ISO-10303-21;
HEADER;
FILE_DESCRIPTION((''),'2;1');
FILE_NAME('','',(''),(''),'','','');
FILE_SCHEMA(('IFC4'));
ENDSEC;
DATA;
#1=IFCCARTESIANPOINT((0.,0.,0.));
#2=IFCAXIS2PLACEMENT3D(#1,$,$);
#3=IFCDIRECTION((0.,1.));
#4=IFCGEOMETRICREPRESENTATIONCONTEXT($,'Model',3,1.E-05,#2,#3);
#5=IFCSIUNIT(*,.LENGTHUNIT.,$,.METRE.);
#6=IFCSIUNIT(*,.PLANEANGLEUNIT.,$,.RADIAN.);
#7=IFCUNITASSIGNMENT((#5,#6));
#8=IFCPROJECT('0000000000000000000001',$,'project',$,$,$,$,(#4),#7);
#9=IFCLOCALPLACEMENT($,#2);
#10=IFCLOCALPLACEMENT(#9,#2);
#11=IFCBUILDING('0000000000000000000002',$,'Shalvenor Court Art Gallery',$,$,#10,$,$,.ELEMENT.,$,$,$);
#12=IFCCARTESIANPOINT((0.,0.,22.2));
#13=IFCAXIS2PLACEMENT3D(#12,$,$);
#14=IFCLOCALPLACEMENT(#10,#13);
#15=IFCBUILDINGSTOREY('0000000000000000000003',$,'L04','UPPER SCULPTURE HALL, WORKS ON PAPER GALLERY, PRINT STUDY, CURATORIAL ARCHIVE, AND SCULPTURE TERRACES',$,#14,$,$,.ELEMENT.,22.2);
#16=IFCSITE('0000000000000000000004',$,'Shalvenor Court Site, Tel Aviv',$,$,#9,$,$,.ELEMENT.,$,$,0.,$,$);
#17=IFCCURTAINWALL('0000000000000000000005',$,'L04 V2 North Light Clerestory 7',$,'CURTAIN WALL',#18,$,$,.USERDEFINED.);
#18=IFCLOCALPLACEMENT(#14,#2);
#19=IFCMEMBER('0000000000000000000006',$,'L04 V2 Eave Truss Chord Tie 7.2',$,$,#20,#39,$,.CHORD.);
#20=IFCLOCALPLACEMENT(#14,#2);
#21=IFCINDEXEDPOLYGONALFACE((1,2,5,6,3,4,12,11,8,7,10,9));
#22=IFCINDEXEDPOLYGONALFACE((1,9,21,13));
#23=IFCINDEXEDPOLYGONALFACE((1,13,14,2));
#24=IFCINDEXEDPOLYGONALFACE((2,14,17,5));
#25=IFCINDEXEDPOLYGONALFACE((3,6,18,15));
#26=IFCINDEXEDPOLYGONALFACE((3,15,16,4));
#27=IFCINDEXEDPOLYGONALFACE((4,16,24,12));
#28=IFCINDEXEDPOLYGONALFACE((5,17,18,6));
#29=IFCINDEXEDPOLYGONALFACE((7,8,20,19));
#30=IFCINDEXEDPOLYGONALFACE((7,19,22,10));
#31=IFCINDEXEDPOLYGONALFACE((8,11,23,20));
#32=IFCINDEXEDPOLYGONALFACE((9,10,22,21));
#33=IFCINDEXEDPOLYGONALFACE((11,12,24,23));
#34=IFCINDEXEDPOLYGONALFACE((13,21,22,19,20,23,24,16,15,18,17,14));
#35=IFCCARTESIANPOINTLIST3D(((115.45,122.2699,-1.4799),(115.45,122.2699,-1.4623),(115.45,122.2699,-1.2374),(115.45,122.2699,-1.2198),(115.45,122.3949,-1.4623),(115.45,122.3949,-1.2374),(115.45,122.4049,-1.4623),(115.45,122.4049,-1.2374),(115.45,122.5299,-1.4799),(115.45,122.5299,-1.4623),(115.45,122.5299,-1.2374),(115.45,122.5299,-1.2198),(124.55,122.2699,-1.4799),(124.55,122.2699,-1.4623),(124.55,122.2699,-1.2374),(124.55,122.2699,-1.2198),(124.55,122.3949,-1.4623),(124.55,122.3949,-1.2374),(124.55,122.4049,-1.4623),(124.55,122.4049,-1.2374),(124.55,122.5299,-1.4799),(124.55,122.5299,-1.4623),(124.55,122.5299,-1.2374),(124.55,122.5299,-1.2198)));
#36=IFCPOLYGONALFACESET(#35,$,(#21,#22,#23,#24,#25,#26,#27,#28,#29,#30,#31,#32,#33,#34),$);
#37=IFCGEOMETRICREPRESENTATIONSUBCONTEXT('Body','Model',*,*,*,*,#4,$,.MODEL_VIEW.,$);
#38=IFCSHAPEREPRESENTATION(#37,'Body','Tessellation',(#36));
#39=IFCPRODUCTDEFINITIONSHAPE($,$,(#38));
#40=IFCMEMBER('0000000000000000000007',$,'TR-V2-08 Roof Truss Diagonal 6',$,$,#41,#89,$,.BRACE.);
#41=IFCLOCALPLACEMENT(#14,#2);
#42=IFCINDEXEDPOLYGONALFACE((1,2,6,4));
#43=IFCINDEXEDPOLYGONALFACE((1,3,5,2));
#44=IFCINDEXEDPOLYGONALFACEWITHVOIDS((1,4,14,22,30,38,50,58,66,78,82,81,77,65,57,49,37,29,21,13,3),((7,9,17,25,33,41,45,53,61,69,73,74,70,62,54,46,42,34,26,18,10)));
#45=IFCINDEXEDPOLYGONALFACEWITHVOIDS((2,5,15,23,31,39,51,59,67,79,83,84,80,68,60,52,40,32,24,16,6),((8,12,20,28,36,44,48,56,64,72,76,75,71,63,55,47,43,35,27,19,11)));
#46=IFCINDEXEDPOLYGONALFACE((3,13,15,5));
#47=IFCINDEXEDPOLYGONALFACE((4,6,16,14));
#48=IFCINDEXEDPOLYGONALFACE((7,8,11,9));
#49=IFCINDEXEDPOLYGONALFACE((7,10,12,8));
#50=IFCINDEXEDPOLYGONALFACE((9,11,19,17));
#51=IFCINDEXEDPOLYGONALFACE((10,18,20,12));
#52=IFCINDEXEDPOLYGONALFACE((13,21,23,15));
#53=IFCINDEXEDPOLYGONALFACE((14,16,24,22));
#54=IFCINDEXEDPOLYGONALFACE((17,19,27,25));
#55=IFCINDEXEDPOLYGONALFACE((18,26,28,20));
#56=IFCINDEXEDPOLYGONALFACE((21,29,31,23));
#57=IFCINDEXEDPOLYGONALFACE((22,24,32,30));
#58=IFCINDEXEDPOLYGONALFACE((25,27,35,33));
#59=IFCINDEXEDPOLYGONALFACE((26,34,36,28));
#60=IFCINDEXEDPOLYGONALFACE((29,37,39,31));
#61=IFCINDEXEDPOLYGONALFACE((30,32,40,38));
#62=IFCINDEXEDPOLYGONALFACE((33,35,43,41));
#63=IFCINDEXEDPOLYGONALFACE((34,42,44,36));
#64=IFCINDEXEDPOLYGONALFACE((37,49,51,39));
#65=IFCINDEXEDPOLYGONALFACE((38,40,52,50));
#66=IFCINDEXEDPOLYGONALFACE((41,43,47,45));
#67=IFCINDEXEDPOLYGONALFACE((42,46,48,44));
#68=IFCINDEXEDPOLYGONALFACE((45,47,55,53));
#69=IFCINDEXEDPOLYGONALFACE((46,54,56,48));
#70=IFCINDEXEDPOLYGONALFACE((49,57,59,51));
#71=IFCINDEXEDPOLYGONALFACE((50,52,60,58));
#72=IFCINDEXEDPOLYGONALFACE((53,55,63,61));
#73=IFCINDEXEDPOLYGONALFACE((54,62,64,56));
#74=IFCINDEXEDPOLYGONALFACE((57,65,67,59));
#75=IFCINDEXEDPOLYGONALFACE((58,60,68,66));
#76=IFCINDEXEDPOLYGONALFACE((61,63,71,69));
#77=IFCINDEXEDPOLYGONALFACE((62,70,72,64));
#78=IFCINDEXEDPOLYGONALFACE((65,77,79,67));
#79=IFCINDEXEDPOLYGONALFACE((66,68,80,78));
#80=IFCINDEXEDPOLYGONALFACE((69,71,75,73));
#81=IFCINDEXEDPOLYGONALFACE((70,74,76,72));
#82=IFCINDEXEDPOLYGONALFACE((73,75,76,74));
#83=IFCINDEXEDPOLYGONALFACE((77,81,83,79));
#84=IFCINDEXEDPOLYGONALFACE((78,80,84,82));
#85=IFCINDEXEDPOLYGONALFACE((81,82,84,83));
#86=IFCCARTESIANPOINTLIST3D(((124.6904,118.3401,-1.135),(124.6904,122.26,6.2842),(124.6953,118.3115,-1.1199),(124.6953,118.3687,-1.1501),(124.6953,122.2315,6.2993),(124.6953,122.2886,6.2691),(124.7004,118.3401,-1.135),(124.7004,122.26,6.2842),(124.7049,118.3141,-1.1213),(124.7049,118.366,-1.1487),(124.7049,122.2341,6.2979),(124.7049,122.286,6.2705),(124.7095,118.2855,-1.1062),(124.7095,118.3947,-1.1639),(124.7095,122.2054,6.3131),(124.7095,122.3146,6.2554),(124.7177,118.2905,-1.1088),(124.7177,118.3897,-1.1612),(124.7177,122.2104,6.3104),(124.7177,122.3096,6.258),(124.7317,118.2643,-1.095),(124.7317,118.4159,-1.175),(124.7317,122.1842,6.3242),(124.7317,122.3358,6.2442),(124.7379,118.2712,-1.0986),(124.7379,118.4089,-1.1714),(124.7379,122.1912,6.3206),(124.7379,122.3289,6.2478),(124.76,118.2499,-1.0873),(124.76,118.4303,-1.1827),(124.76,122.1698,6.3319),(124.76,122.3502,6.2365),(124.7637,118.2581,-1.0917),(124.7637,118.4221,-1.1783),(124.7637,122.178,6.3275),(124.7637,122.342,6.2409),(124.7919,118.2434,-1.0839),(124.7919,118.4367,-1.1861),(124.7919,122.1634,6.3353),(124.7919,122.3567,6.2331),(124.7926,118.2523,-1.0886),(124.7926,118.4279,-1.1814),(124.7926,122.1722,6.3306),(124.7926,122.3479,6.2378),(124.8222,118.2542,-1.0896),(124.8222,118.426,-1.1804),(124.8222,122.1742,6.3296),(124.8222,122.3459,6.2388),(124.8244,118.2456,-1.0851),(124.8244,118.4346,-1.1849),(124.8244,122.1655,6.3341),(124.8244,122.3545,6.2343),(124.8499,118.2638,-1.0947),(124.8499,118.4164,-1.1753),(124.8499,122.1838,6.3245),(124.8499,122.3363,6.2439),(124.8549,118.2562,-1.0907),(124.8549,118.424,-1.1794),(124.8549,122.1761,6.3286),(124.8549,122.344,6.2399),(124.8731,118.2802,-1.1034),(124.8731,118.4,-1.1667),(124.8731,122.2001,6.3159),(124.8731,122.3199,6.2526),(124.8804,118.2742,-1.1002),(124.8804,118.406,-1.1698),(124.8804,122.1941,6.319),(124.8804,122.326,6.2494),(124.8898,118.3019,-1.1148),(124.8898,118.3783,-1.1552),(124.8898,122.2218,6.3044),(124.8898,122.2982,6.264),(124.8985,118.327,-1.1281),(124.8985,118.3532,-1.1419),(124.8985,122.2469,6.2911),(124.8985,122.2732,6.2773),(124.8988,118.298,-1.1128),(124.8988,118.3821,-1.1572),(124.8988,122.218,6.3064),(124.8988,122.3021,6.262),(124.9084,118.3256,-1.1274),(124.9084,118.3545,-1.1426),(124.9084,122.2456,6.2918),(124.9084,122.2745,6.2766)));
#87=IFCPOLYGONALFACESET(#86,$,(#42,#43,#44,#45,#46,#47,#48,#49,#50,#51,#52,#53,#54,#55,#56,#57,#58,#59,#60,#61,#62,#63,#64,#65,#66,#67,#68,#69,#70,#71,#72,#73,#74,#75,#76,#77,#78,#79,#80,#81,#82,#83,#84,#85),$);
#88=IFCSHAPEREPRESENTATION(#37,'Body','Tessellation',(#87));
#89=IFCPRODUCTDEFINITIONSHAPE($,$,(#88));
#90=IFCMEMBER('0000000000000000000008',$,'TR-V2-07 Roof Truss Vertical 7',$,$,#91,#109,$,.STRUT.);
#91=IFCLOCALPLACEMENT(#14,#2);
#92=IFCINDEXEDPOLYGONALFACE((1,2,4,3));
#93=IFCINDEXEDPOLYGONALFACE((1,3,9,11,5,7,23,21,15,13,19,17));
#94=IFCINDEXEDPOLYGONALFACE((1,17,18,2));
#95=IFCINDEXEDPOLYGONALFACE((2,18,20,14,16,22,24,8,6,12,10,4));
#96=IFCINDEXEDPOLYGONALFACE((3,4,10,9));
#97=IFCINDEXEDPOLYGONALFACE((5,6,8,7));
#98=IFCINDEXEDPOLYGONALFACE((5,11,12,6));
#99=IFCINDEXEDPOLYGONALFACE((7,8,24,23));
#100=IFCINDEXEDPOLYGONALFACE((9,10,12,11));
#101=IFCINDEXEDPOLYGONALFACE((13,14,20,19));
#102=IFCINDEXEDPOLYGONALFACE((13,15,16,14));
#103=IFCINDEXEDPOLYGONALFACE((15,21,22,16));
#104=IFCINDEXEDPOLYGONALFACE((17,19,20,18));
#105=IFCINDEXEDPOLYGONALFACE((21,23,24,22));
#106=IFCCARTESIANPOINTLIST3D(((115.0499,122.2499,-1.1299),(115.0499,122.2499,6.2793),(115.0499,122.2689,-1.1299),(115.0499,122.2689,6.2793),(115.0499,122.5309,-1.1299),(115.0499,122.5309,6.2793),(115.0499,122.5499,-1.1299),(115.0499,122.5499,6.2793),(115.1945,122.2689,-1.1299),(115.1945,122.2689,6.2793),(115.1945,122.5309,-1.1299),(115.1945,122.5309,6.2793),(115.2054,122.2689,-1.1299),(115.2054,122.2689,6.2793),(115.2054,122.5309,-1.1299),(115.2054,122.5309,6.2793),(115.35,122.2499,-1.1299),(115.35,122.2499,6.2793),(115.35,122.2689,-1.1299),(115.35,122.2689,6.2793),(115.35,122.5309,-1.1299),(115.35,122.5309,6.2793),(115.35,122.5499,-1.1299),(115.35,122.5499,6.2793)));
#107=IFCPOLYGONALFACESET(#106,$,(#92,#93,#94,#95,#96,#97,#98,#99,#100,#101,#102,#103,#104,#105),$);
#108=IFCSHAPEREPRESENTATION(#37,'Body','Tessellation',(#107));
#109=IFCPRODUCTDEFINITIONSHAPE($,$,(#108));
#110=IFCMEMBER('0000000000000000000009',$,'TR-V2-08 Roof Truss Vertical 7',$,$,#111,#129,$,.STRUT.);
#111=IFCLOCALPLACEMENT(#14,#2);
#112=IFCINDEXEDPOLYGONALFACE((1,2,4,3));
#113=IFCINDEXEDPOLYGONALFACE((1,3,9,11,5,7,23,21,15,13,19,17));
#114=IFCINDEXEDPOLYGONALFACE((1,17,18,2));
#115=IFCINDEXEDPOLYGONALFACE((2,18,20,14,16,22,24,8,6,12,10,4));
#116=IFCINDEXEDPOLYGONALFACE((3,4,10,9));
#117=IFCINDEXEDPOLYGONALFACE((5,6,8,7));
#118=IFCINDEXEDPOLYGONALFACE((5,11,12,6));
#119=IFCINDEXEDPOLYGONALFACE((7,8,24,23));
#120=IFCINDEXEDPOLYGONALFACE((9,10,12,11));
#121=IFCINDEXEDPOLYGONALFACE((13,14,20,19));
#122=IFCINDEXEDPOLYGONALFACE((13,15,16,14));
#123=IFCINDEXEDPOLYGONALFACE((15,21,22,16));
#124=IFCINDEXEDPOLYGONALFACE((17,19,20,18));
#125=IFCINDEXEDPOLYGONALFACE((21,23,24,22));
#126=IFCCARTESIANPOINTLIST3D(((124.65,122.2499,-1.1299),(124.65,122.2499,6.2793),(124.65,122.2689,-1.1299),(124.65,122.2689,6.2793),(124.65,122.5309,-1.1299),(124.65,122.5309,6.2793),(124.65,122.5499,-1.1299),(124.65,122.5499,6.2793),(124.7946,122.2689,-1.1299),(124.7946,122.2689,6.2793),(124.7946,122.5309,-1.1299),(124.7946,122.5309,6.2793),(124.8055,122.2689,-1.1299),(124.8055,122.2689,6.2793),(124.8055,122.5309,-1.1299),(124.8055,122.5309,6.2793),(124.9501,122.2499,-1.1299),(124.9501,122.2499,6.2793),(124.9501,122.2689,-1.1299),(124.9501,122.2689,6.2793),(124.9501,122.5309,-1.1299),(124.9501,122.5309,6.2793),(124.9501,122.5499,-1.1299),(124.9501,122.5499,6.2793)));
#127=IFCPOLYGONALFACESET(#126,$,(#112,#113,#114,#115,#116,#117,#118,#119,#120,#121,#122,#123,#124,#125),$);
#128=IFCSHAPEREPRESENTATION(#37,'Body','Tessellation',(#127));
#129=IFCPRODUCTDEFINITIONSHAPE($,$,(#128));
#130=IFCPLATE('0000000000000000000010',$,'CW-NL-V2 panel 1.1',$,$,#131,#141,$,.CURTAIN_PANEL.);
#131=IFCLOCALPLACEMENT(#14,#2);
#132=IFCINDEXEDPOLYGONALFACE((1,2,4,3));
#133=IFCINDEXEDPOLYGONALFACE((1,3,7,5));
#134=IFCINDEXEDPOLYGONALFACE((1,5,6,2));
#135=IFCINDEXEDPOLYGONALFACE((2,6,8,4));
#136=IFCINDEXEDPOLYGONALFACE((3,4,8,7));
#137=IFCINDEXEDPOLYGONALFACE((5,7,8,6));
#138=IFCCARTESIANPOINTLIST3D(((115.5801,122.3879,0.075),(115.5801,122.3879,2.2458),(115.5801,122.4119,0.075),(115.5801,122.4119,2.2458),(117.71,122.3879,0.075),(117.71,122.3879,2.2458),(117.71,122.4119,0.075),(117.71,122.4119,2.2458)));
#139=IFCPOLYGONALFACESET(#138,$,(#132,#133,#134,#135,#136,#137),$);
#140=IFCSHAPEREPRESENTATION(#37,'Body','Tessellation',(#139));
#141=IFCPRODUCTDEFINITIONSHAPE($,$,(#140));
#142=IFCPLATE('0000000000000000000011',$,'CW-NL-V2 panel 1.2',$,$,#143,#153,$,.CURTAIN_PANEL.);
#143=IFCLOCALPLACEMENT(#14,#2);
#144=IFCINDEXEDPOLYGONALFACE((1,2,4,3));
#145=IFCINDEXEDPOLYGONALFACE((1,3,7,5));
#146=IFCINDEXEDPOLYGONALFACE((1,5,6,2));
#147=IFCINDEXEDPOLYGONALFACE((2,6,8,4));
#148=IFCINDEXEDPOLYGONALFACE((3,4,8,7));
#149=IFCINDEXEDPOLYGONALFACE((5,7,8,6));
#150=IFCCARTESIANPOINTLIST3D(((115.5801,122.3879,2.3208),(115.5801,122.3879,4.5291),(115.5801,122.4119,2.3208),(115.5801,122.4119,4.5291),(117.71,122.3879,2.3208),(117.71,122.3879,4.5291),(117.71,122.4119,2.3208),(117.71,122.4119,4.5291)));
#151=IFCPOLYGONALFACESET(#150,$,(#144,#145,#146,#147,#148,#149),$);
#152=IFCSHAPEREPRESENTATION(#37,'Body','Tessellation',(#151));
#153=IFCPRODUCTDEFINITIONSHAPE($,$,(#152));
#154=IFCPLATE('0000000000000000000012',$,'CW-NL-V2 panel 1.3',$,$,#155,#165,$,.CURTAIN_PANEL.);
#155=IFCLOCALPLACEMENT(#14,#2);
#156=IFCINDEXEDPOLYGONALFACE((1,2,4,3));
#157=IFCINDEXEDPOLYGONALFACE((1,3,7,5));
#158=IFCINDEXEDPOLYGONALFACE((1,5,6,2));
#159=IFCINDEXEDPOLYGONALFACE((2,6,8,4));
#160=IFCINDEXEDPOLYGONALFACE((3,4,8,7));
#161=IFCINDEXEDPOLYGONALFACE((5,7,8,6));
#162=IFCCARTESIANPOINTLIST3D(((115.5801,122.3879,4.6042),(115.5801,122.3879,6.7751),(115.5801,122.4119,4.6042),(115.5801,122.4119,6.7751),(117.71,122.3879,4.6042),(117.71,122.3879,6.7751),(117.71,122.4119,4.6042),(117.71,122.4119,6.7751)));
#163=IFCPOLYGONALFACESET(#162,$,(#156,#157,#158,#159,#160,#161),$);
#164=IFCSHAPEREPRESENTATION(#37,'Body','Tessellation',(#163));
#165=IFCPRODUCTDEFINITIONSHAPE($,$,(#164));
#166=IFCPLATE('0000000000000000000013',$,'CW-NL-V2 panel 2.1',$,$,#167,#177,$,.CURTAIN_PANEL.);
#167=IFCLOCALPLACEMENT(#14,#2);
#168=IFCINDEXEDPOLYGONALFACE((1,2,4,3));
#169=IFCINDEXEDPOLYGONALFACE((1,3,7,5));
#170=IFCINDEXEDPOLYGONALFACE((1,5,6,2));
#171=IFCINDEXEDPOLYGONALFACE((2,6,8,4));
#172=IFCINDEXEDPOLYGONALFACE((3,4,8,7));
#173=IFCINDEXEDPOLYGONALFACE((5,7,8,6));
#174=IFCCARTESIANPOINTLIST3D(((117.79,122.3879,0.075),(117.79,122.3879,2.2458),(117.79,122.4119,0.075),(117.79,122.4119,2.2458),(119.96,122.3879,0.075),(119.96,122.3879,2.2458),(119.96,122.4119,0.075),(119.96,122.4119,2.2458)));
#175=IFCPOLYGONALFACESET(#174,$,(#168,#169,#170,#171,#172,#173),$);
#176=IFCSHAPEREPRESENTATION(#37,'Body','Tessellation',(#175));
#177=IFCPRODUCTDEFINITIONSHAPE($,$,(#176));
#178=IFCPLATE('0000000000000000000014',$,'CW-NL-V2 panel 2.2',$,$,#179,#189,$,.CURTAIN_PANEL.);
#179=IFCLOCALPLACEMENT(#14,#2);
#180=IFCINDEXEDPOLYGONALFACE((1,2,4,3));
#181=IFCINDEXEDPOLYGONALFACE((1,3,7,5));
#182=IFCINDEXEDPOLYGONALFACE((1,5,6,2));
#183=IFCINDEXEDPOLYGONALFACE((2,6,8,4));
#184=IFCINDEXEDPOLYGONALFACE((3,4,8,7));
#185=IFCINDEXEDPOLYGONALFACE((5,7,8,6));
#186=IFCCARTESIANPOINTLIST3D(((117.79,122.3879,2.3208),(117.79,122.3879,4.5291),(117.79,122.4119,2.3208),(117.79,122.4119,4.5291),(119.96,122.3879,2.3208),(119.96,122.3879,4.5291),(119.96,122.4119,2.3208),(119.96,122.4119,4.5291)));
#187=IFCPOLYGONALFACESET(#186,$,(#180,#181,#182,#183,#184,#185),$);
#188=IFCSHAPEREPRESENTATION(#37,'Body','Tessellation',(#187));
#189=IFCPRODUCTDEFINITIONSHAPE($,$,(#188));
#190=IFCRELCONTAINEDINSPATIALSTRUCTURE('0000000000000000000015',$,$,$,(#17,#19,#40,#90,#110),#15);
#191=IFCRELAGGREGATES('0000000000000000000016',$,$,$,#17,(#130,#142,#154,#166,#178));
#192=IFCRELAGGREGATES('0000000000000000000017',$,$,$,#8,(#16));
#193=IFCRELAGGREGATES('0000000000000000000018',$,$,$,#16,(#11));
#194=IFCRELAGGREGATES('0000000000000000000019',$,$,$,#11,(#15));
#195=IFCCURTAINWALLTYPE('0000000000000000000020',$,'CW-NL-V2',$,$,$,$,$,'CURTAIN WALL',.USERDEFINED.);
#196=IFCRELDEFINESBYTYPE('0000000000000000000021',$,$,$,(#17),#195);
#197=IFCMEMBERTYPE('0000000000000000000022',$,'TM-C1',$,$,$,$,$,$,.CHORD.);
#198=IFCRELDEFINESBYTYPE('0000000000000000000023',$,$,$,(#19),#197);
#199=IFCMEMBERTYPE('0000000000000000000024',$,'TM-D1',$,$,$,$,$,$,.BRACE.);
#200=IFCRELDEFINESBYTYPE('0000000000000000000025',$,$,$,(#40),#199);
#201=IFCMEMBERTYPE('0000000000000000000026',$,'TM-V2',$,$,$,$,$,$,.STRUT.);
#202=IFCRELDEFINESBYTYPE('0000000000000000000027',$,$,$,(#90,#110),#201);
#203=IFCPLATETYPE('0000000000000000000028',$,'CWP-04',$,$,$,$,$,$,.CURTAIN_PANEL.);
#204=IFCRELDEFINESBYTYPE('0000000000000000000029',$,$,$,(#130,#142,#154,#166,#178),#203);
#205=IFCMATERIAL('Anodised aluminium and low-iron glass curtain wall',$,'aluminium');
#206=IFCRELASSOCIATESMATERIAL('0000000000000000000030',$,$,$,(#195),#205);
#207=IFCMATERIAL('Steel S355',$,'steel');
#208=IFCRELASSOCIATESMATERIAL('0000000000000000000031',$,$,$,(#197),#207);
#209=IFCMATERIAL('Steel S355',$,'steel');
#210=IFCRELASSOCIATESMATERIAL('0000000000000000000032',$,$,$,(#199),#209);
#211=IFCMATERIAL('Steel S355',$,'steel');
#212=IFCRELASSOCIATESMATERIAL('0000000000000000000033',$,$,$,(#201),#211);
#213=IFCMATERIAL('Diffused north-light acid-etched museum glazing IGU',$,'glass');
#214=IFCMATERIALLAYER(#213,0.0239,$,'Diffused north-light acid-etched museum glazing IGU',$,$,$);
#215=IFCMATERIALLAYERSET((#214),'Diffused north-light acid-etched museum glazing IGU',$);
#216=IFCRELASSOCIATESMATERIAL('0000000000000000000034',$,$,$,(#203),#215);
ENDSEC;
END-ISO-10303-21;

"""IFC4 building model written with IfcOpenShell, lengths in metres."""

from ifc_helpers import new_model, si_unit, direction, frame, origin, origin_2d, place, context, subcontext, project, spatial, rectangle, hollow_circle, i_section, extrude, material, layer, layer_set, material_profile, profile_set, type_object, element, aggregate, save


model = new_model("IFC4")

# Units and contexts
model_context = context("Model", 3, precision=1e-05, world=origin(), true_north=direction((0.0, 1.0)))
body_context = subcontext(model_context, "Body", "Model", "MODEL_VIEW")
ifc_project = project(units=[si_unit("LENGTHUNIT", "METRE"), si_unit("PLANEANGLEUNIT", "RADIAN")], contexts=[model_context])

# Site, building, storey
site_placement = place(None, origin())
site = spatial("IfcSite", under=ifc_project, at=site_placement, Name="Shalvenor Court Site, Tel Aviv", CompositionType="ELEMENT", RefElevation=0.0)
building_placement = place(site_placement, origin())
building = spatial("IfcBuilding", under=site, at=building_placement, Name="Shalvenor Court Art Gallery", CompositionType="ELEMENT")
storey_placement = place(building_placement, frame((0.0, 0.0, 22.2)))
storey = spatial("IfcBuildingStorey", under=building, at=storey_placement, Name="L04", Description="UPPER SCULPTURE HALL, WORKS ON PAPER GALLERY, PRINT STUDY, CURATORIAL ARCHIVE, AND SCULPTURE TERRACES", CompositionType="ELEMENT", Elevation=22.2)

# Curtain wall
ifc_material_1 = material(Name="Anodised aluminium and low-iron glass curtain wall", Category="aluminium")
curtain_wall_type = type_object("IfcCurtainWallType", Name="CW-NL-V2", ElementType="CURTAIN WALL", PredefinedType="USERDEFINED", material=ifc_material_1)
curtain_wall_placement = place(storey_placement, origin())
curtain_wall = element("IfcCurtainWall", 1, at=curtain_wall_placement, inside=storey, type_object=curtain_wall_type, Name="L04 V2 North Light Clerestory 7", ObjectType="CURTAIN WALL", PredefinedType="USERDEFINED")

# Members
ifc_material_2 = material(Name="Steel S355", Category="steel")
ifc_material_profile_1 = material_profile(ifc_material_2, i_section(OverallWidth=0.26, OverallDepth=0.26, WebThickness=0.01, FlangeThickness=0.0176, at=origin_2d()), Name="HEB 260")
ifc_profile_set_1 = profile_set([ifc_material_profile_1], Name="Steel S355")
member_type_1 = type_object("IfcMemberType", Name="TM-C1", PredefinedType="CHORD", material=ifc_profile_set_1)
member_1_placement = place(storey_placement, frame((115.45, 122.3999, -1.3499), z_axis=(1.0, 0.0, 0.0), x_axis=(0.0, 1.0, 0.0)))
element("IfcMember", 2, at=member_1_placement, inside=storey, type_object=member_type_1, Name="L04 V2 Eave Truss Chord Tie 7.2", PredefinedType="CHORD", context=body_context, shape_type="SweptSolid", body=[
    extrude(i_section(OverallWidth=0.26, OverallDepth=0.26, WebThickness=0.01, FlangeThickness=0.0176, at=origin_2d()), origin(), (0.0, 0.0, 1.0), 9.1001),
])
ifc_material_3 = material(Name="Steel S355", Category="steel")
ifc_material_profile_2 = material_profile(ifc_material_3, hollow_circle(Radius=0.1096, WallThickness=0.01, at=origin_2d()), Name="CHS 219.1x10.0")
ifc_profile_set_2 = profile_set([ifc_material_profile_2], Name="Steel S355")
member_type_2 = type_object("IfcMemberType", Name="TM-D1", PredefinedType="BRACE", material=ifc_profile_set_2)
member_2_placement = place(storey_placement, frame((124.8, 118.3401, -1.135), z_axis=(0.0, 0.467154, 0.884176), x_axis=(-1.0, 0.0, 0.0)))
element("IfcMember", 3, at=member_2_placement, inside=storey, type_object=member_type_2, Name="TR-V2-08 Roof Truss Diagonal 6", PredefinedType="BRACE", context=body_context, shape_type="SweptSolid", body=[
    extrude(hollow_circle(Radius=0.1096, WallThickness=0.01, at=origin_2d()), origin(), (0.0, 0.0, 1.0), 8.3911),
])
ifc_material_4 = material(Name="Steel S355", Category="steel")
ifc_material_profile_3 = material_profile(ifc_material_4, i_section(OverallWidth=0.3, OverallDepth=0.3, WebThickness=0.011, FlangeThickness=0.019, at=origin_2d()), Name="HEB 300")
ifc_profile_set_3 = profile_set([ifc_material_profile_3], Name="Steel S355")
member_type_3 = type_object("IfcMemberType", Name="TM-V2", PredefinedType="STRUT", material=ifc_profile_set_3)
for number, where, z_axis, x_axis, name in (
    (4, (115.2, 122.3999, -1.1299), (0.0, 0.0, 1.0), (1.0, 0.0, 0.0), "TR-V2-07 Roof Truss Vertical 7"),
    (5, (124.8, 122.3999, -1.1299), (0.0, 0.0, 1.0), (1.0, 0.0, 0.0), "TR-V2-08 Roof Truss Vertical 7"),
):
    element("IfcMember", number, at=place(storey_placement, frame(where, z_axis=z_axis, x_axis=x_axis)), inside=storey, type_object=member_type_3, Name=name, PredefinedType="STRUT", context=body_context, shape_type="SweptSolid", body=[
        extrude(i_section(OverallWidth=0.3, OverallDepth=0.3, WebThickness=0.011, FlangeThickness=0.019, at=origin_2d()), origin(), (0.0, 0.0, 1.0), 7.4092),
    ])

# Plates
ifc_material_5 = material(Name="Diffused north-light acid-etched museum glazing IGU", Category="glass")
ifc_layer_1 = layer(ifc_material_5, 0.0239, Name="Diffused north-light acid-etched museum glazing IGU")
ifc_layer_set_1 = layer_set([ifc_layer_1], Name="Diffused north-light acid-etched museum glazing IGU")
plate_type_1 = type_object("IfcPlateType", Name="CWP-04", PredefinedType="CURTAIN_PANEL", material=ifc_layer_set_1)
plate_1_placement = place(storey_placement, frame((116.645, 122.3999, 0.075), z_axis=(0.0, 0.0, 1.0), x_axis=(1.0, 0.0, 0.0)))
plate_1 = element("IfcPlate", 6, at=plate_1_placement, type_object=plate_type_1, Name="CW-NL-V2 panel 1.1", PredefinedType="CURTAIN_PANEL", context=body_context, shape_type="SweptSolid", body=[
    extrude(rectangle(XDim=2.1299, YDim=0.0239, at=origin_2d()), origin(), (0.0, 0.0, 1.0), 2.1709),
])
plate_2_placement = place(storey_placement, frame((116.645, 122.3999, 2.3208), z_axis=(0.0, 0.0, 1.0), x_axis=(1.0, 0.0, 0.0)))
plate_2 = element("IfcPlate", 7, at=plate_2_placement, type_object=plate_type_1, Name="CW-NL-V2 panel 1.2", PredefinedType="CURTAIN_PANEL", context=body_context, shape_type="SweptSolid", body=[
    extrude(rectangle(XDim=2.1299, YDim=0.0239, at=origin_2d()), origin(), (0.0, 0.0, 1.0), 2.2083),
])
plate_3_placement = place(storey_placement, frame((116.645, 122.3999, 4.6042), z_axis=(0.0, 0.0, 1.0), x_axis=(1.0, 0.0, 0.0)))
plate_3 = element("IfcPlate", 8, at=plate_3_placement, type_object=plate_type_1, Name="CW-NL-V2 panel 1.3", PredefinedType="CURTAIN_PANEL", context=body_context, shape_type="SweptSolid", body=[
    extrude(rectangle(XDim=2.1299, YDim=0.0239, at=origin_2d()), origin(), (0.0, 0.0, 1.0), 2.1709),
])
plate_4_placement = place(storey_placement, frame((118.875, 122.3999, 0.075), z_axis=(0.0, 0.0, 1.0), x_axis=(1.0, 0.0, 0.0)))
plate_4 = element("IfcPlate", 9, at=plate_4_placement, type_object=plate_type_1, Name="CW-NL-V2 panel 2.1", PredefinedType="CURTAIN_PANEL", context=body_context, shape_type="SweptSolid", body=[
    extrude(rectangle(XDim=2.1699, YDim=0.0239, at=origin_2d()), origin(), (0.0, 0.0, 1.0), 2.1709),
])
plate_5_placement = place(storey_placement, frame((118.875, 122.3999, 2.3208), z_axis=(0.0, 0.0, 1.0), x_axis=(1.0, 0.0, 0.0)))
plate_5 = element("IfcPlate", 10, at=plate_5_placement, type_object=plate_type_1, Name="CW-NL-V2 panel 2.2", PredefinedType="CURTAIN_PANEL", context=body_context, shape_type="SweptSolid", body=[
    extrude(rectangle(XDim=2.1699, YDim=0.0239, at=origin_2d()), origin(), (0.0, 0.0, 1.0), 2.2083),
])
aggregate(curtain_wall, [plate_1, plate_2, plate_3, plate_4, plate_5])

save(model, "model.ifc")
